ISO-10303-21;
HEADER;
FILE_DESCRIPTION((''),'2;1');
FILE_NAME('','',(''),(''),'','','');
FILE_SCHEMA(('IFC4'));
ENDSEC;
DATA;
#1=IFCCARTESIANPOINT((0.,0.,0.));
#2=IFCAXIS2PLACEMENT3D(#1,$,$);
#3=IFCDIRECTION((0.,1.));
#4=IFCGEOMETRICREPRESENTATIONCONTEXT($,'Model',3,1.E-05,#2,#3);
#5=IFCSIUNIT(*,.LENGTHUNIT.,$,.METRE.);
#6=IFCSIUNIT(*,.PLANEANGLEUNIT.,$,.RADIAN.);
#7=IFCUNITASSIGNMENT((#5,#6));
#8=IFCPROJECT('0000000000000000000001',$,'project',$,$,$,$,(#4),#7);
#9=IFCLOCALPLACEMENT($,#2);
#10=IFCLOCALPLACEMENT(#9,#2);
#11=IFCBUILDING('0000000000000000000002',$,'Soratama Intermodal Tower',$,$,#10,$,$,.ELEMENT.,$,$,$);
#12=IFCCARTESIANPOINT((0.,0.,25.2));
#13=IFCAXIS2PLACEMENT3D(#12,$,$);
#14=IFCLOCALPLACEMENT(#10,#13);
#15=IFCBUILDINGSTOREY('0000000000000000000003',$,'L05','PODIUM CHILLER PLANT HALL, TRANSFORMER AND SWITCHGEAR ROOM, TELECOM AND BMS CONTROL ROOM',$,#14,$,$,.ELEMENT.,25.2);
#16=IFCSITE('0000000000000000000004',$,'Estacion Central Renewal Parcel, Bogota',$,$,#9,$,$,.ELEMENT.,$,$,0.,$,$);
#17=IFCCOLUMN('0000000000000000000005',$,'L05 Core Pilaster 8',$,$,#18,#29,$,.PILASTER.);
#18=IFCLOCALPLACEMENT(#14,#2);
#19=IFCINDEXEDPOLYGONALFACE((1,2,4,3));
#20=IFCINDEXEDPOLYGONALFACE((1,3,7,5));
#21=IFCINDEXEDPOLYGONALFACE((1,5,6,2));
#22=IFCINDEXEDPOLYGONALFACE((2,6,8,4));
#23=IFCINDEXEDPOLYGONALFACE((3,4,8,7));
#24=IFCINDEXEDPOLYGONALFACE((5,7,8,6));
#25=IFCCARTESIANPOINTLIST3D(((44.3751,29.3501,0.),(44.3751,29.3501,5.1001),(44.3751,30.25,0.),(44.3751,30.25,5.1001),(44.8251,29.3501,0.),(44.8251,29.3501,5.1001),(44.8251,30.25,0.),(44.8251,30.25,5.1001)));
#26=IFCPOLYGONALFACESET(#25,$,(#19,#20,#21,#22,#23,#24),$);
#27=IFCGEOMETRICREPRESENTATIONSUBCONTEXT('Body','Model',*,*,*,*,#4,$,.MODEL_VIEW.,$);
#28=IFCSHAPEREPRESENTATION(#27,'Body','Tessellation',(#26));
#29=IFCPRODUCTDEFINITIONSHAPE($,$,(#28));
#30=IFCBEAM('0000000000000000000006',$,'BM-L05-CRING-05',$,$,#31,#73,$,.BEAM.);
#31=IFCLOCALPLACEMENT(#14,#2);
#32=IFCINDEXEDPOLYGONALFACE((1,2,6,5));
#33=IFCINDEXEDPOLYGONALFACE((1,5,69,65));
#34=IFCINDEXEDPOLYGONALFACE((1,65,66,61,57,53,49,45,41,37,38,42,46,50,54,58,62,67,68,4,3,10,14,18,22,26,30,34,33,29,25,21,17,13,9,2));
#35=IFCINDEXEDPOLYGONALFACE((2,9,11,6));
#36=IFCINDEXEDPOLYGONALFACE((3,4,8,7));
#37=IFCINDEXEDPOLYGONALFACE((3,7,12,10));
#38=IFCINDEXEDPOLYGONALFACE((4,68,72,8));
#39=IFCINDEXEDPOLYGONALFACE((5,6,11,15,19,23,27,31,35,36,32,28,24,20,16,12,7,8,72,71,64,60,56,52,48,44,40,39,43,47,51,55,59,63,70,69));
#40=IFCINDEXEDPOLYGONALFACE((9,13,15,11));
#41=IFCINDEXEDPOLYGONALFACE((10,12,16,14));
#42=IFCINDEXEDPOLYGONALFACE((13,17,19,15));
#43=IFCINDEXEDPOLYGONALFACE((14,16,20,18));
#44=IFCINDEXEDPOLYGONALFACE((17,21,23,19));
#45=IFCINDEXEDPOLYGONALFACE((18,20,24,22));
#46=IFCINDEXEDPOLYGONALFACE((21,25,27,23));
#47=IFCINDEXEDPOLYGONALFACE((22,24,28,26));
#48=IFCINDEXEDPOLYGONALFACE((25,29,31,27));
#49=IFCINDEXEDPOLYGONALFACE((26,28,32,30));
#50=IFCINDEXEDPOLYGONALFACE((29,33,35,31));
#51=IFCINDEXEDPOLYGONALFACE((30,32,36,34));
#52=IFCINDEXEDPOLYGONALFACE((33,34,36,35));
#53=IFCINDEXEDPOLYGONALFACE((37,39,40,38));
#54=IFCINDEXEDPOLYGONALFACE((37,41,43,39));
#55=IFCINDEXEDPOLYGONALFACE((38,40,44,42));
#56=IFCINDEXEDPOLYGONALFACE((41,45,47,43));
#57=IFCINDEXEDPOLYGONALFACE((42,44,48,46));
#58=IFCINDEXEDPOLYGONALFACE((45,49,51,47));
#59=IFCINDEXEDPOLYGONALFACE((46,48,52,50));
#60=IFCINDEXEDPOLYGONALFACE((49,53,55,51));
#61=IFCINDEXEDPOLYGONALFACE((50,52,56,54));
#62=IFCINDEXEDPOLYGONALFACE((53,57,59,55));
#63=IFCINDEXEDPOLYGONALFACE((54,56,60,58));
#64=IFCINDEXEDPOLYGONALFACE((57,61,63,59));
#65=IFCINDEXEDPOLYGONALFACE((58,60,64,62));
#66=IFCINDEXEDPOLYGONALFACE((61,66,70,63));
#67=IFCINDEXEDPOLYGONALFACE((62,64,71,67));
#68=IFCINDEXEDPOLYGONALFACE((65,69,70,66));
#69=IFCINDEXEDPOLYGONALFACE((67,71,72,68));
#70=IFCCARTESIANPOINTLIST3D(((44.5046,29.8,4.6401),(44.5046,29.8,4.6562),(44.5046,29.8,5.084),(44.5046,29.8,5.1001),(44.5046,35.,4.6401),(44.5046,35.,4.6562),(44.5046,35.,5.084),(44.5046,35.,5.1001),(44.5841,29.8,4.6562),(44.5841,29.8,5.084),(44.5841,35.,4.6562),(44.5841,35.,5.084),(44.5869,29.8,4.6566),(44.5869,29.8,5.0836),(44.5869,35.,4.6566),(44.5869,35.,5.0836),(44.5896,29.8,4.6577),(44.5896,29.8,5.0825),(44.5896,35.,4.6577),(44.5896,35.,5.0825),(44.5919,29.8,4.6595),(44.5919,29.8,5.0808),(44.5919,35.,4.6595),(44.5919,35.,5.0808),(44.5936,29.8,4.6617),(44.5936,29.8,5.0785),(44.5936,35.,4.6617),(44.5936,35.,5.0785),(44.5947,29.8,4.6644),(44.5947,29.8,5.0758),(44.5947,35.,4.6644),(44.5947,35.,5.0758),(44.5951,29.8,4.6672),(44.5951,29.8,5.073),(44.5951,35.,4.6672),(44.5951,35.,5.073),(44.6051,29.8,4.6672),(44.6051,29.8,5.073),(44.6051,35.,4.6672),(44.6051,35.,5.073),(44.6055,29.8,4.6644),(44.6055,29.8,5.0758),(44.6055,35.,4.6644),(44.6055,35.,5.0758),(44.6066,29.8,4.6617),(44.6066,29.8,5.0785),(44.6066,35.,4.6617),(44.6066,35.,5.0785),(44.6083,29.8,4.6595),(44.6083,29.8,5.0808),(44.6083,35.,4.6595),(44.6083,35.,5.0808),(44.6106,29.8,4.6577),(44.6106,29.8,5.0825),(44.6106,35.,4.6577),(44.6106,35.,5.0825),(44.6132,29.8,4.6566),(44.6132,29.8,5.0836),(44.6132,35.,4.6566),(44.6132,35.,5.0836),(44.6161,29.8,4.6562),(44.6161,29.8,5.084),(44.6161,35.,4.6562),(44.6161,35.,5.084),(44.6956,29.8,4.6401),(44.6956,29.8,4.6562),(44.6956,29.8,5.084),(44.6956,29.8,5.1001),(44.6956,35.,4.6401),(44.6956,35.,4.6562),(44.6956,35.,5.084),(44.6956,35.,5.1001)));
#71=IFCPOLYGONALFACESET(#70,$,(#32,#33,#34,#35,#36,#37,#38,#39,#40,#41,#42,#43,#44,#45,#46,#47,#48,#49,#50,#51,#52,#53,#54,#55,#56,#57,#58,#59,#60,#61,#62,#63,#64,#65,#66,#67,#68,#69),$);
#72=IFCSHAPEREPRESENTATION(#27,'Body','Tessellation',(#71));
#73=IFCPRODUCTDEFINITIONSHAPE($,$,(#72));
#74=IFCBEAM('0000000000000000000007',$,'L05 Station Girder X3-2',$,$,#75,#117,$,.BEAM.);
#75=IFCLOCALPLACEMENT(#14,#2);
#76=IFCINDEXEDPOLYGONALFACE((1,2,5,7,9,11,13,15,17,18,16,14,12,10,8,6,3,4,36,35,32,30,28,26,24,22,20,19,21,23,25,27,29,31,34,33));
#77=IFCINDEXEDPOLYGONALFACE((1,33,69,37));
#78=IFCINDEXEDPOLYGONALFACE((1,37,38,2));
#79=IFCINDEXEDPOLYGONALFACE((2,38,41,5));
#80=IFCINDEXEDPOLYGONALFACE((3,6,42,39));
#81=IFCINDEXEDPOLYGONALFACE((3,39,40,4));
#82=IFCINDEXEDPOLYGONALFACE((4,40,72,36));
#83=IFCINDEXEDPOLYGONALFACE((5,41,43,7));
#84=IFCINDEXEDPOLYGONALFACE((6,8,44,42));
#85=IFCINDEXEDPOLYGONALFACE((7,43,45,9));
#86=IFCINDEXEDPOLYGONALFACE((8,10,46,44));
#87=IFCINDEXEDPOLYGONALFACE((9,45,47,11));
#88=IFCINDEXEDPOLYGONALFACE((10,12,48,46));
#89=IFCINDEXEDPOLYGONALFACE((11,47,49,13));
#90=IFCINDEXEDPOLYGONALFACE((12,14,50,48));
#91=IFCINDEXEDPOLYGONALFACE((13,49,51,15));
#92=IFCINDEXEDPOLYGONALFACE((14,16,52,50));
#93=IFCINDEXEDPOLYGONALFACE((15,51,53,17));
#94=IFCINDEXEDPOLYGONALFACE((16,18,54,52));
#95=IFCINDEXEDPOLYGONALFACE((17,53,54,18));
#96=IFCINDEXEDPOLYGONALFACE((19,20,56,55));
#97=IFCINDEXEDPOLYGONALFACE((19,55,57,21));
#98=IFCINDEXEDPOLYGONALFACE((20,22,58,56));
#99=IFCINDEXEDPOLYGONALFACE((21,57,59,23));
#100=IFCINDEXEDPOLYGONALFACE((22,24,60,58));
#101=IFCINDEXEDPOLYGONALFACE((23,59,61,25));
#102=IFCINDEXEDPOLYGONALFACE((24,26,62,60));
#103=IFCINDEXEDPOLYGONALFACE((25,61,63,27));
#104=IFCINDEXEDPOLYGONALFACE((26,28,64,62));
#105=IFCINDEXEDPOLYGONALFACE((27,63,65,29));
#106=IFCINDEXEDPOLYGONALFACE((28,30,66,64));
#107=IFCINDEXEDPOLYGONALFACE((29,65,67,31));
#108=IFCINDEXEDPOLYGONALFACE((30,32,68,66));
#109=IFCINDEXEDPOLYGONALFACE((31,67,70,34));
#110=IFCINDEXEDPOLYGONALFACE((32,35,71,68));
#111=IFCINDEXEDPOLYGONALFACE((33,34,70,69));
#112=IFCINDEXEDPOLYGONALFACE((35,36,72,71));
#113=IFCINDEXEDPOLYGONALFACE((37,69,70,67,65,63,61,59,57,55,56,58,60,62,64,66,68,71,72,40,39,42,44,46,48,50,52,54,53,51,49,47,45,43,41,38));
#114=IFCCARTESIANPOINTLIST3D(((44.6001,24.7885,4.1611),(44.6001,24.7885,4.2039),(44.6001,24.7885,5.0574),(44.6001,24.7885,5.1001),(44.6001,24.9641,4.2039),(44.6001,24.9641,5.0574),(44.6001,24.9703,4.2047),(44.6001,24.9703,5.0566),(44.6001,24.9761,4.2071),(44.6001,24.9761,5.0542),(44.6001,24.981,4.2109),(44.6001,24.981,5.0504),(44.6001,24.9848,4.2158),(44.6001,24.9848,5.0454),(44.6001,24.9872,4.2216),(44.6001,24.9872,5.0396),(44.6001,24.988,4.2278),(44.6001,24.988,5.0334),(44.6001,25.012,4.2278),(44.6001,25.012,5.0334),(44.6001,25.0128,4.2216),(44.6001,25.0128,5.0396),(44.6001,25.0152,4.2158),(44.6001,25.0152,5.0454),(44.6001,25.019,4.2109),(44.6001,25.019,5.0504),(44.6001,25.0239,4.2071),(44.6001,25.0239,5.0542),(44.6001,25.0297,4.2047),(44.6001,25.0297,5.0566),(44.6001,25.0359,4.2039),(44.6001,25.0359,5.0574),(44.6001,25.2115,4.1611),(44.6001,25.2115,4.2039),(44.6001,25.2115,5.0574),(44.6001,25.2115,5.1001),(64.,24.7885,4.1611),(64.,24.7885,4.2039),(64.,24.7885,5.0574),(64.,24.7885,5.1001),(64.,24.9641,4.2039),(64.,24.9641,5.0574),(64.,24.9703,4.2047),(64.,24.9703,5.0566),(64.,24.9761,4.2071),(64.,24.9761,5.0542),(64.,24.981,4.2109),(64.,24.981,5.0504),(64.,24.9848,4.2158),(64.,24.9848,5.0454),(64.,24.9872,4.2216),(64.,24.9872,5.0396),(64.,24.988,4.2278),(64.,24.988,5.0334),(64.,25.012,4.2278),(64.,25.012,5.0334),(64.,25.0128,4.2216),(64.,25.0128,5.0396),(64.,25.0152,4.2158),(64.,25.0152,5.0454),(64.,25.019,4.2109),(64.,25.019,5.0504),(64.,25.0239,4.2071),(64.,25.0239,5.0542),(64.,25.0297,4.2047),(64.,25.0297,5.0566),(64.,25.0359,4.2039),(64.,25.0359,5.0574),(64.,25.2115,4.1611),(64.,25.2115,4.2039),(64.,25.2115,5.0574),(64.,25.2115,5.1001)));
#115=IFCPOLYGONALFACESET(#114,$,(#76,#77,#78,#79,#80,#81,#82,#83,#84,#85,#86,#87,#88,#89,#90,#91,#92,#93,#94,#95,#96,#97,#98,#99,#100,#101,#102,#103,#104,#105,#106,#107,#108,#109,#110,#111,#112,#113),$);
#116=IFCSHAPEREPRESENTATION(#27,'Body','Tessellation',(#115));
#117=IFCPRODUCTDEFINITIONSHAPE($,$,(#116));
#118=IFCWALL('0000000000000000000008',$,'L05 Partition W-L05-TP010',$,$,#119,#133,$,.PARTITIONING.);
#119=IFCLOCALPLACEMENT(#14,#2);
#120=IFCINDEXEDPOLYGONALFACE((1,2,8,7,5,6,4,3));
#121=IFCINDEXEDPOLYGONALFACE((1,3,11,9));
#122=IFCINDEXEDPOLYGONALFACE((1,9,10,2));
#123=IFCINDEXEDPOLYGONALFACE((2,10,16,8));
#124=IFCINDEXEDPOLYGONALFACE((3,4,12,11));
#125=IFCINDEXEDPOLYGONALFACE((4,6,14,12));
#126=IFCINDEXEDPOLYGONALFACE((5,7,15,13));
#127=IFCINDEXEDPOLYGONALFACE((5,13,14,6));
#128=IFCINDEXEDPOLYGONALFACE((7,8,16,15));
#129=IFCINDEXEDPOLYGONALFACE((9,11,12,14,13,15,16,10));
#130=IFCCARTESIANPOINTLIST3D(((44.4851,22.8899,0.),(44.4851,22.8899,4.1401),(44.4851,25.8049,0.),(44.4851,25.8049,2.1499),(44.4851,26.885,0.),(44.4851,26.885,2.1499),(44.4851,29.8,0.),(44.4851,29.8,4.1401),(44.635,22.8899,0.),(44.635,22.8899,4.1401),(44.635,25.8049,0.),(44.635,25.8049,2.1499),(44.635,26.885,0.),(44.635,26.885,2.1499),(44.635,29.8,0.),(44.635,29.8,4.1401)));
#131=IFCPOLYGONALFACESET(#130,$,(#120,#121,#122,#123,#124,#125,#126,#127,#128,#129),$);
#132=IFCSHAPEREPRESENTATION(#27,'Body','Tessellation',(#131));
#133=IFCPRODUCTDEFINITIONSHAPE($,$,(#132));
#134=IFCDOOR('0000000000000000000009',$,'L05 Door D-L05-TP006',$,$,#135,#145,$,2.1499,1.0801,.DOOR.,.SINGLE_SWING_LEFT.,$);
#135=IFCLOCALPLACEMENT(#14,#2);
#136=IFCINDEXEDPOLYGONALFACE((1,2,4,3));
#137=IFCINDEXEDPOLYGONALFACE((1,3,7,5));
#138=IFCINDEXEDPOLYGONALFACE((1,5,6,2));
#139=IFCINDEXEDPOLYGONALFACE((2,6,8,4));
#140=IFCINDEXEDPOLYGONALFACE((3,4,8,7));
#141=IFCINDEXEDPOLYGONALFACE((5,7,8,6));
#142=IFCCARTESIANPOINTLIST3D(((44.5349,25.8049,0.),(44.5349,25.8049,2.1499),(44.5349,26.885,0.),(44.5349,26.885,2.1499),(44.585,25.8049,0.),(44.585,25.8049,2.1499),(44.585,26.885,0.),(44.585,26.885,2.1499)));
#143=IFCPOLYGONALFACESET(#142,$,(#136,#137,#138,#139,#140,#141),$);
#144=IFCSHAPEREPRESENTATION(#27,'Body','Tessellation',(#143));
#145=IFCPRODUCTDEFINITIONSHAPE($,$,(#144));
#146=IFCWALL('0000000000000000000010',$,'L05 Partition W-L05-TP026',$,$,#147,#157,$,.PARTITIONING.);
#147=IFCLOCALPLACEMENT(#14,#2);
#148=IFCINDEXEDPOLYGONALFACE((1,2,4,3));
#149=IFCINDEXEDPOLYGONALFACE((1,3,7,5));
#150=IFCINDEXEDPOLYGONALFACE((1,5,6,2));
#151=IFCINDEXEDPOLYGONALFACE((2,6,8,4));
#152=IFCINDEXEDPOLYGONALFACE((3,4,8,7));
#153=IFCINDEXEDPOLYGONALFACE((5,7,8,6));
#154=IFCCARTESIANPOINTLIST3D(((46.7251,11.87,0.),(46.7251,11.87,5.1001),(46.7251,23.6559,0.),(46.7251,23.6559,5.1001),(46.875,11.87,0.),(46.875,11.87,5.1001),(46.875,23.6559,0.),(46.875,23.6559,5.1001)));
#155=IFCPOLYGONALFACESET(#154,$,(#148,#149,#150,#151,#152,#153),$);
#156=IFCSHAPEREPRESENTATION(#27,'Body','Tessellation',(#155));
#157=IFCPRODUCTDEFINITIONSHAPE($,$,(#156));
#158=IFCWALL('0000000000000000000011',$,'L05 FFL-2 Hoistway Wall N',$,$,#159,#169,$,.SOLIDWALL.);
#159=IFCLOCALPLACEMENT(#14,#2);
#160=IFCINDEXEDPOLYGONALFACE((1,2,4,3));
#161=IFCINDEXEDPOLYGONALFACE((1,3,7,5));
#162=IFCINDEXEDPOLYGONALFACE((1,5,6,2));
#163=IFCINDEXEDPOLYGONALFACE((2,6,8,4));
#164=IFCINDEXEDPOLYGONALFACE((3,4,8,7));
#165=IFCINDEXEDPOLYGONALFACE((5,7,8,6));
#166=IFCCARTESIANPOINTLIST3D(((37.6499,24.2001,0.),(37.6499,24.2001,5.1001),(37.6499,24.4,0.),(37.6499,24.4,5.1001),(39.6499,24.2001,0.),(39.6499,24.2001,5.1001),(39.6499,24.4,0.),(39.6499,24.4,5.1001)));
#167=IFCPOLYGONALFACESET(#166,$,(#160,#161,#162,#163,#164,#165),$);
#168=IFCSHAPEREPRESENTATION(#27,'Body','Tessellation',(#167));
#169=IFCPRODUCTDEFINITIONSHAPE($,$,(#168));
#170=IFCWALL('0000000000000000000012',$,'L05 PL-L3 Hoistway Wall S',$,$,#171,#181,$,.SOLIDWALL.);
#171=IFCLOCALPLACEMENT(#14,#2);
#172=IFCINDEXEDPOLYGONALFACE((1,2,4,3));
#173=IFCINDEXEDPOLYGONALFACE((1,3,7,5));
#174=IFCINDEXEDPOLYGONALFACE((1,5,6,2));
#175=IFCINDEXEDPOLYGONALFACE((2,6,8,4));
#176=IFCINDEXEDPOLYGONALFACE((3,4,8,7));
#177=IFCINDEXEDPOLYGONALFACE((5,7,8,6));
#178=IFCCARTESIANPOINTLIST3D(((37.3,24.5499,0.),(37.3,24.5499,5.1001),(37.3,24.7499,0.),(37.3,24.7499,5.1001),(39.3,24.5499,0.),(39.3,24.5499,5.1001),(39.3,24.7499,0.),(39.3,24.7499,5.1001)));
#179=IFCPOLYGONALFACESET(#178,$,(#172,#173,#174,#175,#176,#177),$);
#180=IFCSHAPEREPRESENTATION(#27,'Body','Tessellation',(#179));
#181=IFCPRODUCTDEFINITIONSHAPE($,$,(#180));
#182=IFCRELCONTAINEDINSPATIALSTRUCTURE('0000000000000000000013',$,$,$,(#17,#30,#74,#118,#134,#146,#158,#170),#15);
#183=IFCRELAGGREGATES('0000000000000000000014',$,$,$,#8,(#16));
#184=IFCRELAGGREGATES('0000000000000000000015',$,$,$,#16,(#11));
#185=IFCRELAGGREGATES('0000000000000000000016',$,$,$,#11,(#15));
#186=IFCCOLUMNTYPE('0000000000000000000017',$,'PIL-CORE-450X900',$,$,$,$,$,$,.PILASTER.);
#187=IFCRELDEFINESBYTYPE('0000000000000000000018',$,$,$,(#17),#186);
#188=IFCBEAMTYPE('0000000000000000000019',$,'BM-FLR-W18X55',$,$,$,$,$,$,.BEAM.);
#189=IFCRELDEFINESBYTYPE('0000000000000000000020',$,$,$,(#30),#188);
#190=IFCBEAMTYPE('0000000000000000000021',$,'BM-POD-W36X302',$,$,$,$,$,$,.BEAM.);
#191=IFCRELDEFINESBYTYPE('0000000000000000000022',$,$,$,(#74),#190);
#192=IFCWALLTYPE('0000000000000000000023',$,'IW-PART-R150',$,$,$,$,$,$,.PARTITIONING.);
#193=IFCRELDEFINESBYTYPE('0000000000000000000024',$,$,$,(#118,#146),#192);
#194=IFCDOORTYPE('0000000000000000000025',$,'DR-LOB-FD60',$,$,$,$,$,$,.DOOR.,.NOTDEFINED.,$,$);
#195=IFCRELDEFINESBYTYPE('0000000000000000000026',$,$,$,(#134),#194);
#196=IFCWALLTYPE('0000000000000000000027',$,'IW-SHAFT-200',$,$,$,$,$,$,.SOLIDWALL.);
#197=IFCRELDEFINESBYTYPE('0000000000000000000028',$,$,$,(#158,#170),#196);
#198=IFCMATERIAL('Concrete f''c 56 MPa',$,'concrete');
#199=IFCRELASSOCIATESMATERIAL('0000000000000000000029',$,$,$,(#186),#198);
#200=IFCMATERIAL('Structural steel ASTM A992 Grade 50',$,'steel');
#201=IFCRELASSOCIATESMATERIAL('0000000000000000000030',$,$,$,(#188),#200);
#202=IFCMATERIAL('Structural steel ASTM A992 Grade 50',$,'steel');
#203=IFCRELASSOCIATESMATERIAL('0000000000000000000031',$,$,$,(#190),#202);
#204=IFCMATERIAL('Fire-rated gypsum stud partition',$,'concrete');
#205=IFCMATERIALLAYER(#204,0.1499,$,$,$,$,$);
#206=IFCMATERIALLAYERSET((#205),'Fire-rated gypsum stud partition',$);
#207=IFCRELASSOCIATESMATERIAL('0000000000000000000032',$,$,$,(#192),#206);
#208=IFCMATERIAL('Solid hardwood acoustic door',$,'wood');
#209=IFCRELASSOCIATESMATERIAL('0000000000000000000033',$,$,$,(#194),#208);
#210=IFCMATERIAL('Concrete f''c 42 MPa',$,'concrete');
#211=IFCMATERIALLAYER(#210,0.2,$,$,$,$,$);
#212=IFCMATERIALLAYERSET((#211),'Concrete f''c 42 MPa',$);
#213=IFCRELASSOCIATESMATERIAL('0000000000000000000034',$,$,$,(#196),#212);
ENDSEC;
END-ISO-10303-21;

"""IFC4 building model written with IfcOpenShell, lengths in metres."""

from ifc_helpers import new_model, si_unit, direction, frame, frame_2d, origin, origin_2d, place, context, subcontext, project, spatial, rectangle, i_section, extrude, material, layer, layer_set, material_profile, profile_set, type_object, element, fill, save


model = new_model("IFC4")

# Units and contexts
model_context = context("Model", 3, precision=1e-05, world=origin(), true_north=direction((0.0, 1.0)))
body_context = subcontext(model_context, "Body", "Model", "MODEL_VIEW")
ifc_project = project(units=[si_unit("LENGTHUNIT", "METRE"), si_unit("PLANEANGLEUNIT", "RADIAN")], contexts=[model_context])

# Site, building, storey
site_placement = place(None, origin())
site = spatial("IfcSite", under=ifc_project, at=site_placement, Name="Estacion Central Renewal Parcel, Bogota", CompositionType="ELEMENT", RefElevation=0.0)
building_placement = place(site_placement, origin())
building = spatial("IfcBuilding", under=site, at=building_placement, Name="Soratama Intermodal Tower", CompositionType="ELEMENT")
storey_placement = place(building_placement, frame((0.0, 0.0, 25.2)))
storey = spatial("IfcBuildingStorey", under=building, at=storey_placement, Name="L05", Description="PODIUM CHILLER PLANT HALL, TRANSFORMER AND SWITCHGEAR ROOM, TELECOM AND BMS CONTROL ROOM", CompositionType="ELEMENT", Elevation=25.2)

# Column
ifc_material_1 = material(Name="Concrete f'c 56 MPa", Category="concrete")
ifc_material_profile_1 = material_profile(ifc_material_1, rectangle(XDim=0.45, YDim=0.8999, at=origin_2d()), Name="RC450X900")
ifc_profile_set_1 = profile_set([ifc_material_profile_1], Name="Concrete f'c 56 MPa")
column_type = type_object("IfcColumnType", Name="PIL-CORE-450X900", PredefinedType="PILASTER", material=ifc_profile_set_1)
column_placement = place(storey_placement, frame((44.6001, 29.8, 0.0), z_axis=(0.0, 0.0, 1.0), x_axis=(1.0, 0.0, 0.0)))
element("IfcColumn", 1, at=column_placement, inside=storey, type_object=column_type, Name="L05 Core Pilaster 8", PredefinedType="PILASTER", context=body_context, shape_type="SweptSolid", body=[
    extrude(rectangle(XDim=0.45, YDim=0.8999, at=origin_2d()), origin(), (0.0, 0.0, 1.0), 5.1001),
])

# Beams
ifc_material_2 = material(Name="Structural steel ASTM A992 Grade 50", Category="steel")
ifc_material_profile_2 = material_profile(ifc_material_2, i_section(OverallWidth=0.1909, OverallDepth=0.46, WebThickness=0.01, FlangeThickness=0.0161, FilletRadius=0.011, at=origin_2d()), Name="W18X55")
ifc_profile_set_2 = profile_set([ifc_material_profile_2], Name="Structural steel ASTM A992 Grade 50")
beam_type_1 = type_object("IfcBeamType", Name="BM-FLR-W18X55", PredefinedType="BEAM", material=ifc_profile_set_2)
beam_1_placement = place(storey_placement, frame((44.6001, 29.8, 4.8701), z_axis=(0.0, 1.0, 0.0), x_axis=(-1.0, 0.0, 0.0)))
element("IfcBeam", 2, at=beam_1_placement, inside=storey, type_object=beam_type_1, Name="BM-L05-CRING-05", PredefinedType="BEAM", context=body_context, shape_type="SweptSolid", body=[
    extrude(i_section(OverallWidth=0.1909, OverallDepth=0.46, WebThickness=0.01, FlangeThickness=0.0161, FilletRadius=0.011, at=origin_2d()), origin(), (0.0, 0.0, 1.0), 5.2),
])
ifc_material_3 = material(Name="Structural steel ASTM A992 Grade 50", Category="steel")
ifc_material_profile_3 = material_profile(ifc_material_3, i_section(OverallWidth=0.4231, OverallDepth=0.939, WebThickness=0.0239, FlangeThickness=0.0427, FilletRadius=0.0239, at=origin_2d()), Name="W36X302")
ifc_profile_set_3 = profile_set([ifc_material_profile_3], Name="Structural steel ASTM A992 Grade 50")
beam_type_2 = type_object("IfcBeamType", Name="BM-POD-W36X302", PredefinedType="BEAM", material=ifc_profile_set_3)
beam_2_placement = place(storey_placement, frame((44.6001, 25.0, 4.6306), z_axis=(1.0, 0.0, 0.0), x_axis=(0.0, 1.0, 0.0)))
element("IfcBeam", 3, at=beam_2_placement, inside=storey, type_object=beam_type_2, Name="L05 Station Girder X3-2", PredefinedType="BEAM", context=body_context, shape_type="SweptSolid", body=[
    extrude(i_section(OverallWidth=0.4231, OverallDepth=0.939, WebThickness=0.0239, FlangeThickness=0.0427, FilletRadius=0.0239, at=origin_2d()), origin(), (0.0, 0.0, 1.0), 19.3999),
])

# Wall, opening, door
ifc_material_4 = material(Name="Fire-rated gypsum stud partition", Category="concrete")
ifc_layer_1 = layer(ifc_material_4, 0.1499)
ifc_layer_set_1 = layer_set([ifc_layer_1], Name="Fire-rated gypsum stud partition")
wall_type_1 = type_object("IfcWallType", Name="IW-PART-R150", PredefinedType="PARTITIONING", material=ifc_layer_set_1)
wall_1_placement = place(storey_placement, frame((44.5601, 29.8, 0.0), z_axis=(0.0, 0.0, 1.0), x_axis=(0.0, -1.0, 0.0)))
wall_1 = element("IfcWall", 4, at=wall_1_placement, inside=storey, type_object=wall_type_1, Name="L05 Partition W-L05-TP010", PredefinedType="PARTITIONING", context=body_context, shape_type="SweptSolid", body=[
    extrude(rectangle(XDim=6.9102, YDim=0.1499, at=frame_2d((3.4551, 0.0))), origin(), (0.0, 0.0, 1.0), 4.1401),
])
opening_1_placement = place(wall_1_placement, frame((2.915, 0.0, 0.0)))
opening_1 = element("IfcOpeningElement", 5, at=opening_1_placement, cuts=wall_1, PredefinedType="OPENING", context=body_context, shape_type="SweptSolid", body=[
    extrude(rectangle(XDim=1.0801, YDim=2.1499, at=frame_2d((0.54, 1.075))), frame((0.0, 0.085, 0.0), z_axis=(0.0, -1.0, 0.0), x_axis=(1.0, 0.0, 0.0)), (0.0, 0.0, 1.0), 0.1699),
])
ifc_material_5 = material(Name="Solid hardwood acoustic door", Category="wood")
door_type_1 = type_object("IfcDoorType", Name="DR-LOB-FD60", OperationType="NOTDEFINED", PredefinedType="DOOR", material=ifc_material_5)
door_1_placement = place(opening_1_placement, origin())
door_1 = element("IfcDoor", 6, at=door_1_placement, inside=storey, type_object=door_type_1, Name="L05 Door D-L05-TP006", OperationType="SINGLE_SWING_LEFT", OverallHeight=2.1499, OverallWidth=1.0801, PredefinedType="DOOR", context=body_context, shape_type="SweptSolid", body=[
    extrude(rectangle(XDim=1.0801, YDim=2.1499, at=frame_2d((0.54, 1.075))), frame((0.0, 0.0249, 0.0), z_axis=(0.0, -1.0, 0.0), x_axis=(1.0, 0.0, 0.0)), (0.0, 0.0, 1.0), 0.05),
])
fill(opening_1, door_1)

# Walls
wall_2_placement = place(storey_placement, frame((46.8, 23.656, 0.0), z_axis=(0.0, 0.0, 1.0), x_axis=(0.0, -1.0, 0.0)))
element("IfcWall", 7, at=wall_2_placement, inside=storey, type_object=wall_type_1, Name="L05 Partition W-L05-TP026", PredefinedType="PARTITIONING", context=body_context, shape_type="SweptSolid", body=[
    extrude(rectangle(XDim=11.7859, YDim=0.1499, at=frame_2d((5.8931, 0.0))), origin(), (0.0, 0.0, 1.0), 5.1001),
])
ifc_material_6 = material(Name="Concrete f'c 42 MPa", Category="concrete")
ifc_layer_2 = layer(ifc_material_6, 0.2)
ifc_layer_set_2 = layer_set([ifc_layer_2], Name="Concrete f'c 42 MPa")
wall_type_2 = type_object("IfcWallType", Name="IW-SHAFT-200", PredefinedType="SOLIDWALL", material=ifc_layer_set_2)
for number, where, z_axis, x_axis, name in (
    (8, (37.6499, 24.3, 0.0), (0.0, 0.0, 1.0), (1.0, 0.0, 0.0), "L05 FFL-2 Hoistway Wall N"),
    (9, (37.3, 24.6499, 0.0), (0.0, 0.0, 1.0), (1.0, 0.0, 0.0), "L05 PL-L3 Hoistway Wall S"),
):
    element("IfcWall", number, at=place(storey_placement, frame(where, z_axis=z_axis, x_axis=x_axis)), inside=storey, type_object=wall_type_2, Name=name, PredefinedType="SOLIDWALL", context=body_context, shape_type="SweptSolid", body=[
        extrude(rectangle(XDim=2.0, YDim=0.2, at=frame_2d((1.0, 0.0))), origin(), (0.0, 0.0, 1.0), 5.1001),
    ])

save(model, "model.ifc")
